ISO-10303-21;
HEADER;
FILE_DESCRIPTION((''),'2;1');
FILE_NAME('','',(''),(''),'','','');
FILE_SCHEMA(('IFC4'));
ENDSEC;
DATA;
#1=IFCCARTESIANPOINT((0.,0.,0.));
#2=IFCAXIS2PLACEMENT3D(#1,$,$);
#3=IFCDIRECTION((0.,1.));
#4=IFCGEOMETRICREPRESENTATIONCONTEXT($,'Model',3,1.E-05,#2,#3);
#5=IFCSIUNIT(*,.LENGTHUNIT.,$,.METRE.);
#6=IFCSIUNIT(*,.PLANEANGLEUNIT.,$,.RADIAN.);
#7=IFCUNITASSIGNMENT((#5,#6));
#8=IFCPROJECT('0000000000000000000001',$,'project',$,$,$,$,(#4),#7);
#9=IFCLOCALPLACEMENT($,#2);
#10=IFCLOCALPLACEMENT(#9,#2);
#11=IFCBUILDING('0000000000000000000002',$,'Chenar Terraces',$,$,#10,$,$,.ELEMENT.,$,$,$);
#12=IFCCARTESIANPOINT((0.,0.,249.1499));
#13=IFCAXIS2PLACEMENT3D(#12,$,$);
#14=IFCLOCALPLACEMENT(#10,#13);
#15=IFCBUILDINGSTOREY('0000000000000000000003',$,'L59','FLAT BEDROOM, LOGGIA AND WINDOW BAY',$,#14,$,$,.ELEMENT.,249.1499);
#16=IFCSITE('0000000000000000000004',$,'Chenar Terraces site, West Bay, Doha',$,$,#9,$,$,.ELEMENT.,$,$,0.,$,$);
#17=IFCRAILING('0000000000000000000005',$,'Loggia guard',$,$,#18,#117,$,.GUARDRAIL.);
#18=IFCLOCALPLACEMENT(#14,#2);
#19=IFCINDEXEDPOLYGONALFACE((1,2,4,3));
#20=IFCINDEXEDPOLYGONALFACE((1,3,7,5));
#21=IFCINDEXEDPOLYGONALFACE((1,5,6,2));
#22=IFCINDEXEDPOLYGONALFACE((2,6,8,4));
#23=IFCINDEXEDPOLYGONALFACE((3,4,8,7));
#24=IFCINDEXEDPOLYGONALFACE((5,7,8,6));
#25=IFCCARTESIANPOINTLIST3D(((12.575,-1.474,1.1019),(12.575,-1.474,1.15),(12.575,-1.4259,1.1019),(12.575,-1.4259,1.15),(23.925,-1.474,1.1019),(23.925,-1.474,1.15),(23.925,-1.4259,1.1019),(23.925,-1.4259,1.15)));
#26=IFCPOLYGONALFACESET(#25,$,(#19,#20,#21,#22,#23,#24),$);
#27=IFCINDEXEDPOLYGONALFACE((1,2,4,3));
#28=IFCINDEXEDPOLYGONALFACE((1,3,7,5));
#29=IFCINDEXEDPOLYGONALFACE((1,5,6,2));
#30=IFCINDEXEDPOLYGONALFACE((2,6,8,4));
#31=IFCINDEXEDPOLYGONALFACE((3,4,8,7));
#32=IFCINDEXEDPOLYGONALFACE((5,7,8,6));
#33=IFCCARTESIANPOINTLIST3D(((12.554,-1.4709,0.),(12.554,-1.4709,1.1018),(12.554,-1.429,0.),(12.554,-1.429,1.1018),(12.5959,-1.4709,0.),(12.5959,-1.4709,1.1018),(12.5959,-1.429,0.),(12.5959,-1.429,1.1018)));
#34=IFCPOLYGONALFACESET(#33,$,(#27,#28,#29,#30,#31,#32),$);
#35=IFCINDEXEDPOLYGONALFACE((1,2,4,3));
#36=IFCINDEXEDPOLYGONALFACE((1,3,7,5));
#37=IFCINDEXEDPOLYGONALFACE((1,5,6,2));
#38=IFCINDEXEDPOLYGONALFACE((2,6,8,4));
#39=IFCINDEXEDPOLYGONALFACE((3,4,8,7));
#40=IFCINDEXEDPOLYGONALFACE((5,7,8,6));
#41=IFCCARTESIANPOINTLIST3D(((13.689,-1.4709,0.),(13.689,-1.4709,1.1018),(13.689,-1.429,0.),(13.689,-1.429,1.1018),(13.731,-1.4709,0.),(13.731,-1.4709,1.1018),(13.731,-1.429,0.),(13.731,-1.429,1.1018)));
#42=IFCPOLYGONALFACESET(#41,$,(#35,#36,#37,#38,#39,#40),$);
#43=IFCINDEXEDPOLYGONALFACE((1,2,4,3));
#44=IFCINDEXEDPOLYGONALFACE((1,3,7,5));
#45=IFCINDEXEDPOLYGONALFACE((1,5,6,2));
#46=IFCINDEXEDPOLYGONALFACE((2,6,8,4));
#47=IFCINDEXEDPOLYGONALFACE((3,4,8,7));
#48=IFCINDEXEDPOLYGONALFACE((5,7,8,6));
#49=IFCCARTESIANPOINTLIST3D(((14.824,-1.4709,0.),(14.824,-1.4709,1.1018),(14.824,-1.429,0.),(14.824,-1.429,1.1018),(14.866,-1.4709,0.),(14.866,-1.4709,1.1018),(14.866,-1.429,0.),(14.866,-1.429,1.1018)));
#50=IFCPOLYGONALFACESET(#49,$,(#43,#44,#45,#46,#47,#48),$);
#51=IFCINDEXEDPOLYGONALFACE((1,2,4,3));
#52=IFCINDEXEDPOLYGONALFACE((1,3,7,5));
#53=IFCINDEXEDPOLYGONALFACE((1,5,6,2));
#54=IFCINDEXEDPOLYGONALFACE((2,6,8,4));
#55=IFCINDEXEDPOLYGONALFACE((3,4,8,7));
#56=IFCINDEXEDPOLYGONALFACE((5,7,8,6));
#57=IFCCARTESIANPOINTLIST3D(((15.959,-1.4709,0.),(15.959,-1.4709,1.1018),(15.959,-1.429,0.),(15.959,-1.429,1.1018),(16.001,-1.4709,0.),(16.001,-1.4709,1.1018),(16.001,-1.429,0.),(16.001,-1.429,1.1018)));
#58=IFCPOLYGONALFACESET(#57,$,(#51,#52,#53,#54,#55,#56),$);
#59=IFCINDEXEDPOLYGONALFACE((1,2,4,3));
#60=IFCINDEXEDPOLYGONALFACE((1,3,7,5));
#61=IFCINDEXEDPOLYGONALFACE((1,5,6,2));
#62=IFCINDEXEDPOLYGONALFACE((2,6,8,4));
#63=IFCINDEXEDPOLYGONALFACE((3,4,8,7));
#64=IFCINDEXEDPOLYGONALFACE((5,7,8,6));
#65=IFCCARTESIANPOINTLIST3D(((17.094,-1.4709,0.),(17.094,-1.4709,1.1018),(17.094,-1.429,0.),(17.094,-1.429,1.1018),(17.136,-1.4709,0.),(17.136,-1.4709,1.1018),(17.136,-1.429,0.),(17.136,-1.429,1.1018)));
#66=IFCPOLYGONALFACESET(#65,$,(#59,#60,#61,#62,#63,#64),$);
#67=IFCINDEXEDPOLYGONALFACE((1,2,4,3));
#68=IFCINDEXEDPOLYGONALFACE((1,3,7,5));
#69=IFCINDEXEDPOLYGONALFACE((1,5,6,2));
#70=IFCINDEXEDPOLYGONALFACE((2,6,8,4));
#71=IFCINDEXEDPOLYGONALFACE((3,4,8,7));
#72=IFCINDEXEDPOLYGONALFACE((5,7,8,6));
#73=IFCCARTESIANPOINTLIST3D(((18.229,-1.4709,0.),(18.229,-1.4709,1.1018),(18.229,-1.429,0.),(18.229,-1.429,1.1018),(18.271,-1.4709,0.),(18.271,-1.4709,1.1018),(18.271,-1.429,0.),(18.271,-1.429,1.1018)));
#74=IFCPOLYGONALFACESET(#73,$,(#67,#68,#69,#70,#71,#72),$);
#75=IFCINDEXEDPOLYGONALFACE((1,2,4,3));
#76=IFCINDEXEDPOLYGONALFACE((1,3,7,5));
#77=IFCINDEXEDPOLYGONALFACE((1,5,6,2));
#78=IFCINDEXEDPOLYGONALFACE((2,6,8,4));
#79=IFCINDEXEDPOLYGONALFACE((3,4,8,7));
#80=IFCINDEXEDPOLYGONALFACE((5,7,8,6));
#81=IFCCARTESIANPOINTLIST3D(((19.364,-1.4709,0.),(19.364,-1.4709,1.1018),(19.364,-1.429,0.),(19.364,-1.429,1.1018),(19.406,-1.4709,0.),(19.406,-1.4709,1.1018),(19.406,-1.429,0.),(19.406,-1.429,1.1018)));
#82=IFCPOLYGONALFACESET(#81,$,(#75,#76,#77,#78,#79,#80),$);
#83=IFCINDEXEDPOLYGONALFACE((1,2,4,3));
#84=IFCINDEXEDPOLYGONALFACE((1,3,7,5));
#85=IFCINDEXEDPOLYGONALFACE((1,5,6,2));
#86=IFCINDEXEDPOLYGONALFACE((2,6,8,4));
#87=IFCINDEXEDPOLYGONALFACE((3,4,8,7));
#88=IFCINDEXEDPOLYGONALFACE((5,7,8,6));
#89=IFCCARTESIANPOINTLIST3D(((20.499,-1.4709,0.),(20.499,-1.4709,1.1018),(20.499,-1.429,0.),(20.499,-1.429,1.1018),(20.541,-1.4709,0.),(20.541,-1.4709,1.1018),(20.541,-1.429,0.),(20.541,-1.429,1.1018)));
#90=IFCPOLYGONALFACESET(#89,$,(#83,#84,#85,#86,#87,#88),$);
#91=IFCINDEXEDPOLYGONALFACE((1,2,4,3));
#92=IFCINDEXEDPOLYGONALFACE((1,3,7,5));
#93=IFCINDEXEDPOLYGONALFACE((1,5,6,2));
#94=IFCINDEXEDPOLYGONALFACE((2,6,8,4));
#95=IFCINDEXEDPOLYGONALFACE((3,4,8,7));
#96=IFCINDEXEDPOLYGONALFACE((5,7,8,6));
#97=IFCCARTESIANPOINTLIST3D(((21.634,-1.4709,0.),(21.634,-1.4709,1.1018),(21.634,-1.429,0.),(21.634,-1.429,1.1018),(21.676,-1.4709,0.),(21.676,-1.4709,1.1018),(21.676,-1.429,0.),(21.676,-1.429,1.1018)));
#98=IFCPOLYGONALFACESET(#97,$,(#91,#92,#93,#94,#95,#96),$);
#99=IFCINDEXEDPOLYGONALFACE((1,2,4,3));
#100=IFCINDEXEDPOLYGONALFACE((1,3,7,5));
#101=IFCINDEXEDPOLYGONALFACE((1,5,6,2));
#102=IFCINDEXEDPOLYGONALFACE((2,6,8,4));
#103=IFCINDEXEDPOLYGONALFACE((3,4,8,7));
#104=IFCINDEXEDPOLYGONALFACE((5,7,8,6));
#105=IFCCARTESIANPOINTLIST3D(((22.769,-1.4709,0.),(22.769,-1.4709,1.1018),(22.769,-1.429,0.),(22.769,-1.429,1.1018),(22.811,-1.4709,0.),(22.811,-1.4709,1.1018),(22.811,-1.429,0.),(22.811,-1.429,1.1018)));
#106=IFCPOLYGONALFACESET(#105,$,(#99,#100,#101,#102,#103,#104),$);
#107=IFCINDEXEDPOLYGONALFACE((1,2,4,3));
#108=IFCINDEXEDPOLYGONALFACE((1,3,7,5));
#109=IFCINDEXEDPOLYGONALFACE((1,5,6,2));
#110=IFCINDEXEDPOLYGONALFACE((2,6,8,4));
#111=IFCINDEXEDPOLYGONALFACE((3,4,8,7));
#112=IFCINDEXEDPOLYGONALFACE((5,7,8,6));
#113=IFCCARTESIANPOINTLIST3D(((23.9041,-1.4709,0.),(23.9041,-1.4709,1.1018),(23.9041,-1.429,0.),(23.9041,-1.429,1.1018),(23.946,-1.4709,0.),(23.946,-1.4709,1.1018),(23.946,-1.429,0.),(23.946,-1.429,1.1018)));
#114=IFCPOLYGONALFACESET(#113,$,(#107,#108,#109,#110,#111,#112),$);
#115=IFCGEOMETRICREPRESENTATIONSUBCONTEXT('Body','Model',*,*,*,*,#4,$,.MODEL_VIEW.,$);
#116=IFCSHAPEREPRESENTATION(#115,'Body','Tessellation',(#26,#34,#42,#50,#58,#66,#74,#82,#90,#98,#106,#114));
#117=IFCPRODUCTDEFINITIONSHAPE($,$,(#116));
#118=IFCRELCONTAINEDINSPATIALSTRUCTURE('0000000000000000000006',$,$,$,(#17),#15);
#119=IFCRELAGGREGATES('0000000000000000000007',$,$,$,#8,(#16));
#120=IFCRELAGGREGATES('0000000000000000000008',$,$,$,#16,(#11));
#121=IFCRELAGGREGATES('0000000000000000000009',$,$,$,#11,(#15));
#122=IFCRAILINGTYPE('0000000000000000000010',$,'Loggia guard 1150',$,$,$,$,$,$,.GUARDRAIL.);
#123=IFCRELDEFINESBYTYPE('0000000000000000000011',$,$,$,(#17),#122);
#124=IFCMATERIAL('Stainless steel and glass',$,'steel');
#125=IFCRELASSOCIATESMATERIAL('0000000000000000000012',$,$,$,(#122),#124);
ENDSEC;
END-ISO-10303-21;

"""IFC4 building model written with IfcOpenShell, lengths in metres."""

from ifc_helpers import new_model, si_unit, direction, frame, origin, origin_2d, place, context, subcontext, project, spatial, rectangle, extrude, material, type_object, element, save


model = new_model("IFC4")

# Units and contexts
model_context = context("Model", 3, precision=1e-05, world=origin(), true_north=direction((0.0, 1.0)))
body_context = subcontext(model_context, "Body", "Model", "MODEL_VIEW")
ifc_project = project(units=[si_unit("LENGTHUNIT", "METRE"), si_unit("PLANEANGLEUNIT", "RADIAN")], contexts=[model_context])

# Site, building, storey
site_placement = place(None, origin())
site = spatial("IfcSite", under=ifc_project, at=site_placement, Name="Chenar Terraces site, West Bay, Doha", CompositionType="ELEMENT", RefElevation=0.0)
building_placement = place(site_placement, origin())
building = spatial("IfcBuilding", under=site, at=building_placement, Name="Chenar Terraces", CompositionType="ELEMENT")
storey_placement = place(building_placement, frame((0.0, 0.0, 249.1499)))
storey = spatial("IfcBuildingStorey", under=building, at=storey_placement, Name="L59", Description="FLAT BEDROOM, LOGGIA AND WINDOW BAY", CompositionType="ELEMENT", Elevation=249.1499)

# Railing
ifc_material_1 = material(Name="Stainless steel and glass", Category="steel")
railing_type = type_object("IfcRailingType", Name="Loggia guard 1150", PredefinedType="GUARDRAIL", material=ifc_material_1)
railing_placement = place(storey_placement, frame((12.575, -1.45, 0.0)))
element("IfcRailing", 1, at=railing_placement, inside=storey, type_object=railing_type, Name="Loggia guard", PredefinedType="GUARDRAIL", context=body_context, shape_type="SweptSolid", body=[
    extrude(rectangle(XDim=0.0481, YDim=0.0481, at=origin_2d()), frame((0.0, 0.0, 1.126), z_axis=(1.0, 0.0, 0.0), x_axis=(0.0, 1.0, 0.0)), (0.0, 0.0, 1.0), 11.3501),
    extrude(rectangle(XDim=0.042, YDim=0.042, at=origin_2d()), origin(), (0.0, 0.0, 1.0), 1.1018),
    extrude(rectangle(XDim=0.042, YDim=0.042, at=origin_2d()), frame((1.135, 0.0, 0.0)), (0.0, 0.0, 1.0), 1.1018),
    extrude(rectangle(XDim=0.042, YDim=0.042, at=origin_2d()), frame((2.27, 0.0, 0.0)), (0.0, 0.0, 1.0), 1.1018),
    extrude(rectangle(XDim=0.042, YDim=0.042, at=origin_2d()), frame((3.405, 0.0, 0.0)), (0.0, 0.0, 1.0), 1.1018),
    extrude(rectangle(XDim=0.042, YDim=0.042, at=origin_2d()), frame((4.54, 0.0, 0.0)), (0.0, 0.0, 1.0), 1.1018),
    extrude(rectangle(XDim=0.042, YDim=0.042, at=origin_2d()), frame((5.675, 0.0, 0.0)), (0.0, 0.0, 1.0), 1.1018),
    extrude(rectangle(XDim=0.042, YDim=0.042, at=origin_2d()), frame((6.8101, 0.0, 0.0)), (0.0, 0.0, 1.0), 1.1018),
    extrude(rectangle(XDim=0.042, YDim=0.042, at=origin_2d()), frame((7.9451, 0.0, 0.0)), (0.0, 0.0, 1.0), 1.1018),
    extrude(rectangle(XDim=0.042, YDim=0.042, at=origin_2d()), frame((9.0801, 0.0, 0.0)), (0.0, 0.0, 1.0), 1.1018),
    extrude(rectangle(XDim=0.042, YDim=0.042, at=origin_2d()), frame((10.2151, 0.0, 0.0)), (0.0, 0.0, 1.0), 1.1018),
    extrude(rectangle(XDim=0.042, YDim=0.042, at=origin_2d()), frame((11.3501, 0.0, 0.0)), (0.0, 0.0, 1.0), 1.1018),
])

save(model, "model.ifc")
